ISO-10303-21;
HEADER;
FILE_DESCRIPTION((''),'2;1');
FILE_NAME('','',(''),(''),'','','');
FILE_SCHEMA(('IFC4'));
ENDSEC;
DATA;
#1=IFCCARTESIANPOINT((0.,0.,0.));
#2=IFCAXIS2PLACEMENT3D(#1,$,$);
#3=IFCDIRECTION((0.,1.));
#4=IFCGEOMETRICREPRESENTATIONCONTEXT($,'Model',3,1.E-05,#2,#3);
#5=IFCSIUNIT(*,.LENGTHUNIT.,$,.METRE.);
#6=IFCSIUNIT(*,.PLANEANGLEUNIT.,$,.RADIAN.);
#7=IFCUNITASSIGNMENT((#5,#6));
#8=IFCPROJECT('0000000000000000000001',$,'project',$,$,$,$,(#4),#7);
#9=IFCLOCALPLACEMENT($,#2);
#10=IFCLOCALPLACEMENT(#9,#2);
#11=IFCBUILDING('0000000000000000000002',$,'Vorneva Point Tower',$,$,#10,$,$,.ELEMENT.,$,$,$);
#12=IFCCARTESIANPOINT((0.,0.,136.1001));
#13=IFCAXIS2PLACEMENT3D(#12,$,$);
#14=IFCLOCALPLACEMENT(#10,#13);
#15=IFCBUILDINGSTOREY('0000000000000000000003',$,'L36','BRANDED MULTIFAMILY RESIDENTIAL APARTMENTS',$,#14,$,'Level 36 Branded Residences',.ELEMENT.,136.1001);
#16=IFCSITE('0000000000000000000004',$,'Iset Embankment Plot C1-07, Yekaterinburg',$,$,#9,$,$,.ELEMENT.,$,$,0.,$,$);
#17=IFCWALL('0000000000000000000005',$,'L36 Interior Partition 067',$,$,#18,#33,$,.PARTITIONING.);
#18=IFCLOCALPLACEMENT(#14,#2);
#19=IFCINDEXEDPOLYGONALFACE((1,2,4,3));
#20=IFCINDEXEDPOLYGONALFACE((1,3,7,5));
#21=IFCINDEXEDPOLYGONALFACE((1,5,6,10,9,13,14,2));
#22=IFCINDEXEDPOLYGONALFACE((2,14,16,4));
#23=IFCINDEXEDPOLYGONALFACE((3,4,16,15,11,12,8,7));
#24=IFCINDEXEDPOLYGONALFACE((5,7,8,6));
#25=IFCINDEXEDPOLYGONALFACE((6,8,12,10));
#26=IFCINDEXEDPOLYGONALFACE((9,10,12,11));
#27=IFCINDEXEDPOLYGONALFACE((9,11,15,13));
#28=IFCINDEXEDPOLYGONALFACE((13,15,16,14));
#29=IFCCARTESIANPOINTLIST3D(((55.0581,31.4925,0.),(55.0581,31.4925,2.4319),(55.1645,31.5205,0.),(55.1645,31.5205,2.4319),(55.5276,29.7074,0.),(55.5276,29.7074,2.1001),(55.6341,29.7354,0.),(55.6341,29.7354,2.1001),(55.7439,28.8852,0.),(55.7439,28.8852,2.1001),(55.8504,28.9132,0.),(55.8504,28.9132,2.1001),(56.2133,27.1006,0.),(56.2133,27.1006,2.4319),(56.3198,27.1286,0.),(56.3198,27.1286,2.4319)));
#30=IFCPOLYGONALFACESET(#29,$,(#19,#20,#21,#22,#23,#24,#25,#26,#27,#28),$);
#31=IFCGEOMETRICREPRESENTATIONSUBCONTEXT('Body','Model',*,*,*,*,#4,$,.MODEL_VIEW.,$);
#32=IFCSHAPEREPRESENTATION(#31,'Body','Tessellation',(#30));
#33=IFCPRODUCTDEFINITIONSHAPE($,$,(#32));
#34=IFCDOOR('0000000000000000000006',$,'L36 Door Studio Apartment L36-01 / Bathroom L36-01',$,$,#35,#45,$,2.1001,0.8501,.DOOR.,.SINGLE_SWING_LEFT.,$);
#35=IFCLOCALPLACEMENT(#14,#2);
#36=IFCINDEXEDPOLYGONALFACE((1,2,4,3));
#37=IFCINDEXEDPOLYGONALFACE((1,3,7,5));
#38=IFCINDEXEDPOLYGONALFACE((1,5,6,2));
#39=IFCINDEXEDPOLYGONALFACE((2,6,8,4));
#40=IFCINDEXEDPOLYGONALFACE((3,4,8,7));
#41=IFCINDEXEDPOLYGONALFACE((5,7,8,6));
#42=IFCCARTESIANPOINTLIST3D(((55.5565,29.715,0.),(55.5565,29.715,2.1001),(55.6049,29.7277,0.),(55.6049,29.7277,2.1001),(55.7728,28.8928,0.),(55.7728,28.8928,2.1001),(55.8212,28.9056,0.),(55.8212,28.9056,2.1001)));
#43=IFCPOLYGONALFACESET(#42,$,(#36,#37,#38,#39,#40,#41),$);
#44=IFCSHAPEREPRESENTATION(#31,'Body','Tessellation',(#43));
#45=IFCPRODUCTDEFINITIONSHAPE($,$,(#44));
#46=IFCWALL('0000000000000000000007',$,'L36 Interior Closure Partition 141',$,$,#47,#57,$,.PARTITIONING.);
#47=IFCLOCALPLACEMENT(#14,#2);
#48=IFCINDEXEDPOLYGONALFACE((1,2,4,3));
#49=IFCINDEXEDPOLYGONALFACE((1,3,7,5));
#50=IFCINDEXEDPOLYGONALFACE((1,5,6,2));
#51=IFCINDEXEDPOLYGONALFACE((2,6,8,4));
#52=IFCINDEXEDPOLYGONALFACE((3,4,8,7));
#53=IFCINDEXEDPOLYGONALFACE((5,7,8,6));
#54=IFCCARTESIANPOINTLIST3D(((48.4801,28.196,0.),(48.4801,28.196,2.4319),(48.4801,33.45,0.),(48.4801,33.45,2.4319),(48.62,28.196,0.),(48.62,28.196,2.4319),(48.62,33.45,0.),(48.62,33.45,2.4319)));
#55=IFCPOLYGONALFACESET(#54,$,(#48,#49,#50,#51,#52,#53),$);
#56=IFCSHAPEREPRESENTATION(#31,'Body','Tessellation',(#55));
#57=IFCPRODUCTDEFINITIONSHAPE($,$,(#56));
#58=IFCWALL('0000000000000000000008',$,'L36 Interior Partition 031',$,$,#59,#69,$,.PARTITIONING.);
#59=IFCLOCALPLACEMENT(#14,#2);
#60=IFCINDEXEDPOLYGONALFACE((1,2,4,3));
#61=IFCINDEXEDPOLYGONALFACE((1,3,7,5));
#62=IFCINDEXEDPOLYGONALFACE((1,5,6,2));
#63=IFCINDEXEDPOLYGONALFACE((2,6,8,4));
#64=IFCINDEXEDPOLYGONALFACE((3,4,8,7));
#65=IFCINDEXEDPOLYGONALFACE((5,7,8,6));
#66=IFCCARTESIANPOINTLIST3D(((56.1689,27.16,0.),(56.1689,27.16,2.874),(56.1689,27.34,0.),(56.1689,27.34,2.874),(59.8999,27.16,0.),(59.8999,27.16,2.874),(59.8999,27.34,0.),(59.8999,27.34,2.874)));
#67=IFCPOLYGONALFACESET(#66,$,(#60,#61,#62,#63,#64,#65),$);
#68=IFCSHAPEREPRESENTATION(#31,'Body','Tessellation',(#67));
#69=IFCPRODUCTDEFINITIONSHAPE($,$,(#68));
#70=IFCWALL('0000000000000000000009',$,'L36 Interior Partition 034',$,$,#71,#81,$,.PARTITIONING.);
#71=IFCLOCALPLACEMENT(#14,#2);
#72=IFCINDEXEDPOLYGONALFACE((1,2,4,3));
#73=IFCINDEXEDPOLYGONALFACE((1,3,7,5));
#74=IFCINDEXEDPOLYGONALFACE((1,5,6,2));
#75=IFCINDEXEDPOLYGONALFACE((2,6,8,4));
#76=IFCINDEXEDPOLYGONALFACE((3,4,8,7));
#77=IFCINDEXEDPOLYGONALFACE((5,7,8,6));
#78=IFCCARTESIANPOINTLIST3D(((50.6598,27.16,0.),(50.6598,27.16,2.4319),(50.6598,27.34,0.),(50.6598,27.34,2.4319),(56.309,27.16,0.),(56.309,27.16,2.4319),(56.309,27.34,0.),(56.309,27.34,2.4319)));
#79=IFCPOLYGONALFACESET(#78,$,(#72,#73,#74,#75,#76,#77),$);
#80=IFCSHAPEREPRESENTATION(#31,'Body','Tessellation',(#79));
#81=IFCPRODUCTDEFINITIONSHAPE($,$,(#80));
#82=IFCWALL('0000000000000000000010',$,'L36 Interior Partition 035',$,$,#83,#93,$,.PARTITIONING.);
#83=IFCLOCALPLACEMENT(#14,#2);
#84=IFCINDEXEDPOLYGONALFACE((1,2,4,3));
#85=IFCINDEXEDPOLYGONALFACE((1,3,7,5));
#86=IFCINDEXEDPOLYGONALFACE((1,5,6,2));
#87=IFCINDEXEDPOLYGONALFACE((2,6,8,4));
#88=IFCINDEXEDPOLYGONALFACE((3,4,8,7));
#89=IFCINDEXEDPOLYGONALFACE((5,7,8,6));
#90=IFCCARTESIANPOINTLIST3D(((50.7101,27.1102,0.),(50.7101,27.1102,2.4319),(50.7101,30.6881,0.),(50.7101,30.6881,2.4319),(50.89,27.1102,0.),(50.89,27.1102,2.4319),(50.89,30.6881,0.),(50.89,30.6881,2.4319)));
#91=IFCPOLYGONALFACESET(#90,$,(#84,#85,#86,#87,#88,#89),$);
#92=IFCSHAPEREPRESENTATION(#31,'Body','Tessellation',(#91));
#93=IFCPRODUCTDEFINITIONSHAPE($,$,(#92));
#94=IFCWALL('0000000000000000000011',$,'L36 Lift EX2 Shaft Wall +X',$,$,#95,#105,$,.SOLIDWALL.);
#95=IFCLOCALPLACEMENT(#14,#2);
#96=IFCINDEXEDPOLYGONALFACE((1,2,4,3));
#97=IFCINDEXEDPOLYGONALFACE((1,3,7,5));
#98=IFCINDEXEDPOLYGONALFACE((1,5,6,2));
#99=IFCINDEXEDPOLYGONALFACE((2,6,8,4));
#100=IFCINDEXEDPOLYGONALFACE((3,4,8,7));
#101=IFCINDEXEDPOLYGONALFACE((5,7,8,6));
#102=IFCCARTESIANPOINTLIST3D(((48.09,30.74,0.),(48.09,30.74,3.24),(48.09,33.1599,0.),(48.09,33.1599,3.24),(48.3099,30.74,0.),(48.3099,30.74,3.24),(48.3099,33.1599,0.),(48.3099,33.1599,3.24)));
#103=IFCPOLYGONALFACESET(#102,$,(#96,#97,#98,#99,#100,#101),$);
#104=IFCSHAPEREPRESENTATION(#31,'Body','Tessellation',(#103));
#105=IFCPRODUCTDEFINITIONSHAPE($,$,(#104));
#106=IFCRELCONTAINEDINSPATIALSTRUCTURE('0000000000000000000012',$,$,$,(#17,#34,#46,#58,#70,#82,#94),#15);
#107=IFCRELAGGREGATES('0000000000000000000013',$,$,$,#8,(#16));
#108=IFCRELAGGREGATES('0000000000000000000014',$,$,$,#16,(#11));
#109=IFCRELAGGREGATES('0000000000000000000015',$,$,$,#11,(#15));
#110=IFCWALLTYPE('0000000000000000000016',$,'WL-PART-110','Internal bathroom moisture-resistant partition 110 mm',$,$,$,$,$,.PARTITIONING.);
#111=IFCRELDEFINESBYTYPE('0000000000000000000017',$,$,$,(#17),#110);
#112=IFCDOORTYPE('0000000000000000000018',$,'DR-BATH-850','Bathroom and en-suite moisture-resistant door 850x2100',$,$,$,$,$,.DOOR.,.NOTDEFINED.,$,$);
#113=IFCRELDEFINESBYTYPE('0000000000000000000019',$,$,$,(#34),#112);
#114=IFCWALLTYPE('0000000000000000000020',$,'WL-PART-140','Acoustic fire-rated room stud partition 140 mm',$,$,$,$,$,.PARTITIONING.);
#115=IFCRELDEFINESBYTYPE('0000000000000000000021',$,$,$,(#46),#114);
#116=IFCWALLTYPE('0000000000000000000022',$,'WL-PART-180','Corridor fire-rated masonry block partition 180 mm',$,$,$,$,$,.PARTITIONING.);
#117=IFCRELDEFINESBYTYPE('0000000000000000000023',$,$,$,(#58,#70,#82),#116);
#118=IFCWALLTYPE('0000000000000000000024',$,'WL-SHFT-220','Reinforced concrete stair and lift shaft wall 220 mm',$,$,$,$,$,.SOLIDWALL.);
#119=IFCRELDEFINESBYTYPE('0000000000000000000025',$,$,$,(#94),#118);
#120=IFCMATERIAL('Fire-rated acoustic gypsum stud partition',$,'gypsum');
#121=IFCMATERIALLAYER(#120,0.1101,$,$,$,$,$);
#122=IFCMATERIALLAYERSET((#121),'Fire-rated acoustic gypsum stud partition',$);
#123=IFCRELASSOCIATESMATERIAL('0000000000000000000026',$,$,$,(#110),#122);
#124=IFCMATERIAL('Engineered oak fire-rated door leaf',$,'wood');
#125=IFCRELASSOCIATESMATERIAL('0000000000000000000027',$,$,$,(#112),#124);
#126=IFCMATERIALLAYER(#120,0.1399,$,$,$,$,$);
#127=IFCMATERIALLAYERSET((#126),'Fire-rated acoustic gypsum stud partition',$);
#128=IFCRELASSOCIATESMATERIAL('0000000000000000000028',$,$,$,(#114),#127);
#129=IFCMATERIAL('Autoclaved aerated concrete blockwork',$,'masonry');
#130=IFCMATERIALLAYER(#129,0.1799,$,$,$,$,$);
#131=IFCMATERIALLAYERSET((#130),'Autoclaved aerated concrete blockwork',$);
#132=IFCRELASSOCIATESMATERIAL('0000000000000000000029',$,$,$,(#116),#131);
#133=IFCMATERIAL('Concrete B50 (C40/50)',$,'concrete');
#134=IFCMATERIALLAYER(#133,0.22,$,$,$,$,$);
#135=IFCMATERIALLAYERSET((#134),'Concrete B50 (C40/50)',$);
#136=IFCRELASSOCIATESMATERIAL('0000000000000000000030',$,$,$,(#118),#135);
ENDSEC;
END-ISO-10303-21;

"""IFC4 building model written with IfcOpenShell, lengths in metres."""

from ifc_helpers import new_model, si_unit, direction, frame, frame_2d, origin, place, context, subcontext, project, spatial, rectangle, extrude, material, layer, layer_set, type_object, element, fill, save


model = new_model("IFC4")

# Units and contexts
model_context = context("Model", 3, precision=1e-05, world=origin(), true_north=direction((0.0, 1.0)))
body_context = subcontext(model_context, "Body", "Model", "MODEL_VIEW")
ifc_project = project(units=[si_unit("LENGTHUNIT", "METRE"), si_unit("PLANEANGLEUNIT", "RADIAN")], contexts=[model_context])

# Site, building, storey
site_placement = place(None, origin())
site = spatial("IfcSite", under=ifc_project, at=site_placement, Name="Iset Embankment Plot C1-07, Yekaterinburg", CompositionType="ELEMENT", RefElevation=0.0)
building_placement = place(site_placement, origin())
building = spatial("IfcBuilding", under=site, at=building_placement, Name="Vorneva Point Tower", CompositionType="ELEMENT")
storey_placement = place(building_placement, frame((0.0, 0.0, 136.1001)))
storey = spatial("IfcBuildingStorey", under=building, at=storey_placement, Name="L36", Description="BRANDED MULTIFAMILY RESIDENTIAL APARTMENTS", LongName="Level 36 Branded Residences", CompositionType="ELEMENT", Elevation=136.1001)

# Shared definitions
ifc_material_1 = material(Name="Fire-rated acoustic gypsum stud partition", Category="gypsum")
ifc_layer_1 = layer(ifc_material_1, 0.1101)
ifc_layer_set_1 = layer_set([ifc_layer_1], Name="Fire-rated acoustic gypsum stud partition")
wall_type_1 = type_object("IfcWallType", Name="WL-PART-110", Description="Internal bathroom moisture-resistant partition 110 mm", PredefinedType="PARTITIONING", material=ifc_layer_set_1)

# Wall, opening, door
wall_1_placement = place(storey_placement, frame((55.1113, 31.5063, 0.0), z_axis=(0.0, 0.0, 1.0), x_axis=(0.254395, -0.9671, 0.0)))
wall_1 = element("IfcWall", 1, at=wall_1_placement, inside=storey, type_object=wall_type_1, Name="L36 Interior Partition 067", PredefinedType="PARTITIONING", context=body_context, shape_type="SweptSolid", body=[
    extrude(rectangle(XDim=4.5413, YDim=0.1101, at=frame_2d((2.2705, 0.0))), origin(), (0.0, 0.0, 1.0), 2.4319),
])
opening_1_placement = place(wall_1_placement, frame((1.8457, 0.0, 0.0)))
opening_1 = element("IfcOpeningElement", 2, at=opening_1_placement, cuts=wall_1, PredefinedType="OPENING", context=body_context, shape_type="SweptSolid", body=[
    extrude(rectangle(XDim=0.8501, YDim=2.1001, at=frame_2d((0.425, 1.05))), frame((0.0, 0.0698, 0.0), z_axis=(0.0, -1.0, 0.0), x_axis=(1.0, 0.0, 0.0)), (0.0, 0.0, 1.0), 0.1399),
])
ifc_material_2 = material(Name="Engineered oak fire-rated door leaf", Category="wood")
door_type_1 = type_object("IfcDoorType", Name="DR-BATH-850", Description="Bathroom and en-suite moisture-resistant door 850x2100", OperationType="NOTDEFINED", PredefinedType="DOOR", material=ifc_material_2)
door_1_placement = place(opening_1_placement, origin())
door_1 = element("IfcDoor", 3, at=door_1_placement, inside=storey, type_object=door_type_1, Name="L36 Door Studio Apartment L36-01 / Bathroom L36-01", OperationType="SINGLE_SWING_LEFT", OverallHeight=2.1001, OverallWidth=0.8501, PredefinedType="DOOR", context=body_context, shape_type="SweptSolid", body=[
    extrude(rectangle(XDim=0.8501, YDim=2.1001, at=frame_2d((0.425, 1.05))), frame((0.0, 0.0249, 0.0), z_axis=(0.0, -1.0, 0.0), x_axis=(1.0, 0.0, 0.0)), (0.0, 0.0, 1.0), 0.05),
])
fill(opening_1, door_1)

# Walls
ifc_layer_2 = layer(ifc_material_1, 0.1399)
ifc_layer_set_2 = layer_set([ifc_layer_2], Name="Fire-rated acoustic gypsum stud partition")
wall_type_2 = type_object("IfcWallType", Name="WL-PART-140", Description="Acoustic fire-rated room stud partition 140 mm", PredefinedType="PARTITIONING", material=ifc_layer_set_2)
wall_2_placement = place(storey_placement, frame((48.55, 28.196, 0.0), z_axis=(0.0, 0.0, 1.0), x_axis=(0.0, 1.0, 0.0)))
element("IfcWall", 4, at=wall_2_placement, inside=storey, type_object=wall_type_2, Name="L36 Interior Closure Partition 141", PredefinedType="PARTITIONING", context=body_context, shape_type="SweptSolid", body=[
    extrude(rectangle(XDim=5.2539, YDim=0.1399, at=frame_2d((2.627, 0.0))), origin(), (0.0, 0.0, 1.0), 2.4319),
])
ifc_material_3 = material(Name="Autoclaved aerated concrete blockwork", Category="masonry")
ifc_layer_3 = layer(ifc_material_3, 0.1799)
ifc_layer_set_3 = layer_set([ifc_layer_3], Name="Autoclaved aerated concrete blockwork")
wall_type_3 = type_object("IfcWallType", Name="WL-PART-180", Description="Corridor fire-rated masonry block partition 180 mm", PredefinedType="PARTITIONING", material=ifc_layer_set_3)
wall_3_placement = place(storey_placement, frame((59.8999, 27.25, 0.0), z_axis=(0.0, 0.0, 1.0), x_axis=(-1.0, 0.0, 0.0)))
element("IfcWall", 5, at=wall_3_placement, inside=storey, type_object=wall_type_3, Name="L36 Interior Partition 031", PredefinedType="PARTITIONING", context=body_context, shape_type="SweptSolid", body=[
    extrude(rectangle(XDim=3.731, YDim=0.1799, at=frame_2d((1.8655, 0.0))), origin(), (0.0, 0.0, 1.0), 2.874),
])

# Walls
wall_4_placement = place(storey_placement, frame((56.3091, 27.25, 0.0), z_axis=(0.0, 0.0, 1.0), x_axis=(-1.0, 0.0, 0.0)))
element("IfcWall", 6, at=wall_4_placement, inside=storey, type_object=wall_type_3, Name="L36 Interior Partition 034", PredefinedType="PARTITIONING", context=body_context, shape_type="SweptSolid", body=[
    extrude(rectangle(XDim=5.6492, YDim=0.1799, at=frame_2d((2.8247, 0.0))), origin(), (0.0, 0.0, 1.0), 2.4319),
])
wall_5_placement = place(storey_placement, frame((50.8, 27.1101, 0.0), z_axis=(0.0, 0.0, 1.0), x_axis=(0.0, 1.0, 0.0)))
element("IfcWall", 7, at=wall_5_placement, inside=storey, type_object=wall_type_3, Name="L36 Interior Partition 035", PredefinedType="PARTITIONING", context=body_context, shape_type="SweptSolid", body=[
    extrude(rectangle(XDim=3.5779, YDim=0.1799, at=frame_2d((1.7891, 0.0))), origin(), (0.0, 0.0, 1.0), 2.4319),
])
ifc_material_4 = material(Name="Concrete B50 (C40/50)", Category="concrete")
ifc_layer_4 = layer(ifc_material_4, 0.22)
ifc_layer_set_4 = layer_set([ifc_layer_4], Name="Concrete B50 (C40/50)")
wall_type_4 = type_object("IfcWallType", Name="WL-SHFT-220", Description="Reinforced concrete stair and lift shaft wall 220 mm", PredefinedType="SOLIDWALL", material=ifc_layer_set_4)
wall_6_placement = place(storey_placement, frame((48.2, 30.74, 0.0), z_axis=(0.0, 0.0, 1.0), x_axis=(0.0, 1.0, 0.0)))
element("IfcWall", 8, at=wall_6_placement, inside=storey, type_object=wall_type_4, Name="L36 Lift EX2 Shaft Wall +X", PredefinedType="SOLIDWALL", context=body_context, shape_type="SweptSolid", body=[
    extrude(rectangle(XDim=2.4199, YDim=0.22, at=frame_2d((1.21, 0.0))), origin(), (0.0, 0.0, 1.0), 3.24),
])

save(model, "model.ifc")
